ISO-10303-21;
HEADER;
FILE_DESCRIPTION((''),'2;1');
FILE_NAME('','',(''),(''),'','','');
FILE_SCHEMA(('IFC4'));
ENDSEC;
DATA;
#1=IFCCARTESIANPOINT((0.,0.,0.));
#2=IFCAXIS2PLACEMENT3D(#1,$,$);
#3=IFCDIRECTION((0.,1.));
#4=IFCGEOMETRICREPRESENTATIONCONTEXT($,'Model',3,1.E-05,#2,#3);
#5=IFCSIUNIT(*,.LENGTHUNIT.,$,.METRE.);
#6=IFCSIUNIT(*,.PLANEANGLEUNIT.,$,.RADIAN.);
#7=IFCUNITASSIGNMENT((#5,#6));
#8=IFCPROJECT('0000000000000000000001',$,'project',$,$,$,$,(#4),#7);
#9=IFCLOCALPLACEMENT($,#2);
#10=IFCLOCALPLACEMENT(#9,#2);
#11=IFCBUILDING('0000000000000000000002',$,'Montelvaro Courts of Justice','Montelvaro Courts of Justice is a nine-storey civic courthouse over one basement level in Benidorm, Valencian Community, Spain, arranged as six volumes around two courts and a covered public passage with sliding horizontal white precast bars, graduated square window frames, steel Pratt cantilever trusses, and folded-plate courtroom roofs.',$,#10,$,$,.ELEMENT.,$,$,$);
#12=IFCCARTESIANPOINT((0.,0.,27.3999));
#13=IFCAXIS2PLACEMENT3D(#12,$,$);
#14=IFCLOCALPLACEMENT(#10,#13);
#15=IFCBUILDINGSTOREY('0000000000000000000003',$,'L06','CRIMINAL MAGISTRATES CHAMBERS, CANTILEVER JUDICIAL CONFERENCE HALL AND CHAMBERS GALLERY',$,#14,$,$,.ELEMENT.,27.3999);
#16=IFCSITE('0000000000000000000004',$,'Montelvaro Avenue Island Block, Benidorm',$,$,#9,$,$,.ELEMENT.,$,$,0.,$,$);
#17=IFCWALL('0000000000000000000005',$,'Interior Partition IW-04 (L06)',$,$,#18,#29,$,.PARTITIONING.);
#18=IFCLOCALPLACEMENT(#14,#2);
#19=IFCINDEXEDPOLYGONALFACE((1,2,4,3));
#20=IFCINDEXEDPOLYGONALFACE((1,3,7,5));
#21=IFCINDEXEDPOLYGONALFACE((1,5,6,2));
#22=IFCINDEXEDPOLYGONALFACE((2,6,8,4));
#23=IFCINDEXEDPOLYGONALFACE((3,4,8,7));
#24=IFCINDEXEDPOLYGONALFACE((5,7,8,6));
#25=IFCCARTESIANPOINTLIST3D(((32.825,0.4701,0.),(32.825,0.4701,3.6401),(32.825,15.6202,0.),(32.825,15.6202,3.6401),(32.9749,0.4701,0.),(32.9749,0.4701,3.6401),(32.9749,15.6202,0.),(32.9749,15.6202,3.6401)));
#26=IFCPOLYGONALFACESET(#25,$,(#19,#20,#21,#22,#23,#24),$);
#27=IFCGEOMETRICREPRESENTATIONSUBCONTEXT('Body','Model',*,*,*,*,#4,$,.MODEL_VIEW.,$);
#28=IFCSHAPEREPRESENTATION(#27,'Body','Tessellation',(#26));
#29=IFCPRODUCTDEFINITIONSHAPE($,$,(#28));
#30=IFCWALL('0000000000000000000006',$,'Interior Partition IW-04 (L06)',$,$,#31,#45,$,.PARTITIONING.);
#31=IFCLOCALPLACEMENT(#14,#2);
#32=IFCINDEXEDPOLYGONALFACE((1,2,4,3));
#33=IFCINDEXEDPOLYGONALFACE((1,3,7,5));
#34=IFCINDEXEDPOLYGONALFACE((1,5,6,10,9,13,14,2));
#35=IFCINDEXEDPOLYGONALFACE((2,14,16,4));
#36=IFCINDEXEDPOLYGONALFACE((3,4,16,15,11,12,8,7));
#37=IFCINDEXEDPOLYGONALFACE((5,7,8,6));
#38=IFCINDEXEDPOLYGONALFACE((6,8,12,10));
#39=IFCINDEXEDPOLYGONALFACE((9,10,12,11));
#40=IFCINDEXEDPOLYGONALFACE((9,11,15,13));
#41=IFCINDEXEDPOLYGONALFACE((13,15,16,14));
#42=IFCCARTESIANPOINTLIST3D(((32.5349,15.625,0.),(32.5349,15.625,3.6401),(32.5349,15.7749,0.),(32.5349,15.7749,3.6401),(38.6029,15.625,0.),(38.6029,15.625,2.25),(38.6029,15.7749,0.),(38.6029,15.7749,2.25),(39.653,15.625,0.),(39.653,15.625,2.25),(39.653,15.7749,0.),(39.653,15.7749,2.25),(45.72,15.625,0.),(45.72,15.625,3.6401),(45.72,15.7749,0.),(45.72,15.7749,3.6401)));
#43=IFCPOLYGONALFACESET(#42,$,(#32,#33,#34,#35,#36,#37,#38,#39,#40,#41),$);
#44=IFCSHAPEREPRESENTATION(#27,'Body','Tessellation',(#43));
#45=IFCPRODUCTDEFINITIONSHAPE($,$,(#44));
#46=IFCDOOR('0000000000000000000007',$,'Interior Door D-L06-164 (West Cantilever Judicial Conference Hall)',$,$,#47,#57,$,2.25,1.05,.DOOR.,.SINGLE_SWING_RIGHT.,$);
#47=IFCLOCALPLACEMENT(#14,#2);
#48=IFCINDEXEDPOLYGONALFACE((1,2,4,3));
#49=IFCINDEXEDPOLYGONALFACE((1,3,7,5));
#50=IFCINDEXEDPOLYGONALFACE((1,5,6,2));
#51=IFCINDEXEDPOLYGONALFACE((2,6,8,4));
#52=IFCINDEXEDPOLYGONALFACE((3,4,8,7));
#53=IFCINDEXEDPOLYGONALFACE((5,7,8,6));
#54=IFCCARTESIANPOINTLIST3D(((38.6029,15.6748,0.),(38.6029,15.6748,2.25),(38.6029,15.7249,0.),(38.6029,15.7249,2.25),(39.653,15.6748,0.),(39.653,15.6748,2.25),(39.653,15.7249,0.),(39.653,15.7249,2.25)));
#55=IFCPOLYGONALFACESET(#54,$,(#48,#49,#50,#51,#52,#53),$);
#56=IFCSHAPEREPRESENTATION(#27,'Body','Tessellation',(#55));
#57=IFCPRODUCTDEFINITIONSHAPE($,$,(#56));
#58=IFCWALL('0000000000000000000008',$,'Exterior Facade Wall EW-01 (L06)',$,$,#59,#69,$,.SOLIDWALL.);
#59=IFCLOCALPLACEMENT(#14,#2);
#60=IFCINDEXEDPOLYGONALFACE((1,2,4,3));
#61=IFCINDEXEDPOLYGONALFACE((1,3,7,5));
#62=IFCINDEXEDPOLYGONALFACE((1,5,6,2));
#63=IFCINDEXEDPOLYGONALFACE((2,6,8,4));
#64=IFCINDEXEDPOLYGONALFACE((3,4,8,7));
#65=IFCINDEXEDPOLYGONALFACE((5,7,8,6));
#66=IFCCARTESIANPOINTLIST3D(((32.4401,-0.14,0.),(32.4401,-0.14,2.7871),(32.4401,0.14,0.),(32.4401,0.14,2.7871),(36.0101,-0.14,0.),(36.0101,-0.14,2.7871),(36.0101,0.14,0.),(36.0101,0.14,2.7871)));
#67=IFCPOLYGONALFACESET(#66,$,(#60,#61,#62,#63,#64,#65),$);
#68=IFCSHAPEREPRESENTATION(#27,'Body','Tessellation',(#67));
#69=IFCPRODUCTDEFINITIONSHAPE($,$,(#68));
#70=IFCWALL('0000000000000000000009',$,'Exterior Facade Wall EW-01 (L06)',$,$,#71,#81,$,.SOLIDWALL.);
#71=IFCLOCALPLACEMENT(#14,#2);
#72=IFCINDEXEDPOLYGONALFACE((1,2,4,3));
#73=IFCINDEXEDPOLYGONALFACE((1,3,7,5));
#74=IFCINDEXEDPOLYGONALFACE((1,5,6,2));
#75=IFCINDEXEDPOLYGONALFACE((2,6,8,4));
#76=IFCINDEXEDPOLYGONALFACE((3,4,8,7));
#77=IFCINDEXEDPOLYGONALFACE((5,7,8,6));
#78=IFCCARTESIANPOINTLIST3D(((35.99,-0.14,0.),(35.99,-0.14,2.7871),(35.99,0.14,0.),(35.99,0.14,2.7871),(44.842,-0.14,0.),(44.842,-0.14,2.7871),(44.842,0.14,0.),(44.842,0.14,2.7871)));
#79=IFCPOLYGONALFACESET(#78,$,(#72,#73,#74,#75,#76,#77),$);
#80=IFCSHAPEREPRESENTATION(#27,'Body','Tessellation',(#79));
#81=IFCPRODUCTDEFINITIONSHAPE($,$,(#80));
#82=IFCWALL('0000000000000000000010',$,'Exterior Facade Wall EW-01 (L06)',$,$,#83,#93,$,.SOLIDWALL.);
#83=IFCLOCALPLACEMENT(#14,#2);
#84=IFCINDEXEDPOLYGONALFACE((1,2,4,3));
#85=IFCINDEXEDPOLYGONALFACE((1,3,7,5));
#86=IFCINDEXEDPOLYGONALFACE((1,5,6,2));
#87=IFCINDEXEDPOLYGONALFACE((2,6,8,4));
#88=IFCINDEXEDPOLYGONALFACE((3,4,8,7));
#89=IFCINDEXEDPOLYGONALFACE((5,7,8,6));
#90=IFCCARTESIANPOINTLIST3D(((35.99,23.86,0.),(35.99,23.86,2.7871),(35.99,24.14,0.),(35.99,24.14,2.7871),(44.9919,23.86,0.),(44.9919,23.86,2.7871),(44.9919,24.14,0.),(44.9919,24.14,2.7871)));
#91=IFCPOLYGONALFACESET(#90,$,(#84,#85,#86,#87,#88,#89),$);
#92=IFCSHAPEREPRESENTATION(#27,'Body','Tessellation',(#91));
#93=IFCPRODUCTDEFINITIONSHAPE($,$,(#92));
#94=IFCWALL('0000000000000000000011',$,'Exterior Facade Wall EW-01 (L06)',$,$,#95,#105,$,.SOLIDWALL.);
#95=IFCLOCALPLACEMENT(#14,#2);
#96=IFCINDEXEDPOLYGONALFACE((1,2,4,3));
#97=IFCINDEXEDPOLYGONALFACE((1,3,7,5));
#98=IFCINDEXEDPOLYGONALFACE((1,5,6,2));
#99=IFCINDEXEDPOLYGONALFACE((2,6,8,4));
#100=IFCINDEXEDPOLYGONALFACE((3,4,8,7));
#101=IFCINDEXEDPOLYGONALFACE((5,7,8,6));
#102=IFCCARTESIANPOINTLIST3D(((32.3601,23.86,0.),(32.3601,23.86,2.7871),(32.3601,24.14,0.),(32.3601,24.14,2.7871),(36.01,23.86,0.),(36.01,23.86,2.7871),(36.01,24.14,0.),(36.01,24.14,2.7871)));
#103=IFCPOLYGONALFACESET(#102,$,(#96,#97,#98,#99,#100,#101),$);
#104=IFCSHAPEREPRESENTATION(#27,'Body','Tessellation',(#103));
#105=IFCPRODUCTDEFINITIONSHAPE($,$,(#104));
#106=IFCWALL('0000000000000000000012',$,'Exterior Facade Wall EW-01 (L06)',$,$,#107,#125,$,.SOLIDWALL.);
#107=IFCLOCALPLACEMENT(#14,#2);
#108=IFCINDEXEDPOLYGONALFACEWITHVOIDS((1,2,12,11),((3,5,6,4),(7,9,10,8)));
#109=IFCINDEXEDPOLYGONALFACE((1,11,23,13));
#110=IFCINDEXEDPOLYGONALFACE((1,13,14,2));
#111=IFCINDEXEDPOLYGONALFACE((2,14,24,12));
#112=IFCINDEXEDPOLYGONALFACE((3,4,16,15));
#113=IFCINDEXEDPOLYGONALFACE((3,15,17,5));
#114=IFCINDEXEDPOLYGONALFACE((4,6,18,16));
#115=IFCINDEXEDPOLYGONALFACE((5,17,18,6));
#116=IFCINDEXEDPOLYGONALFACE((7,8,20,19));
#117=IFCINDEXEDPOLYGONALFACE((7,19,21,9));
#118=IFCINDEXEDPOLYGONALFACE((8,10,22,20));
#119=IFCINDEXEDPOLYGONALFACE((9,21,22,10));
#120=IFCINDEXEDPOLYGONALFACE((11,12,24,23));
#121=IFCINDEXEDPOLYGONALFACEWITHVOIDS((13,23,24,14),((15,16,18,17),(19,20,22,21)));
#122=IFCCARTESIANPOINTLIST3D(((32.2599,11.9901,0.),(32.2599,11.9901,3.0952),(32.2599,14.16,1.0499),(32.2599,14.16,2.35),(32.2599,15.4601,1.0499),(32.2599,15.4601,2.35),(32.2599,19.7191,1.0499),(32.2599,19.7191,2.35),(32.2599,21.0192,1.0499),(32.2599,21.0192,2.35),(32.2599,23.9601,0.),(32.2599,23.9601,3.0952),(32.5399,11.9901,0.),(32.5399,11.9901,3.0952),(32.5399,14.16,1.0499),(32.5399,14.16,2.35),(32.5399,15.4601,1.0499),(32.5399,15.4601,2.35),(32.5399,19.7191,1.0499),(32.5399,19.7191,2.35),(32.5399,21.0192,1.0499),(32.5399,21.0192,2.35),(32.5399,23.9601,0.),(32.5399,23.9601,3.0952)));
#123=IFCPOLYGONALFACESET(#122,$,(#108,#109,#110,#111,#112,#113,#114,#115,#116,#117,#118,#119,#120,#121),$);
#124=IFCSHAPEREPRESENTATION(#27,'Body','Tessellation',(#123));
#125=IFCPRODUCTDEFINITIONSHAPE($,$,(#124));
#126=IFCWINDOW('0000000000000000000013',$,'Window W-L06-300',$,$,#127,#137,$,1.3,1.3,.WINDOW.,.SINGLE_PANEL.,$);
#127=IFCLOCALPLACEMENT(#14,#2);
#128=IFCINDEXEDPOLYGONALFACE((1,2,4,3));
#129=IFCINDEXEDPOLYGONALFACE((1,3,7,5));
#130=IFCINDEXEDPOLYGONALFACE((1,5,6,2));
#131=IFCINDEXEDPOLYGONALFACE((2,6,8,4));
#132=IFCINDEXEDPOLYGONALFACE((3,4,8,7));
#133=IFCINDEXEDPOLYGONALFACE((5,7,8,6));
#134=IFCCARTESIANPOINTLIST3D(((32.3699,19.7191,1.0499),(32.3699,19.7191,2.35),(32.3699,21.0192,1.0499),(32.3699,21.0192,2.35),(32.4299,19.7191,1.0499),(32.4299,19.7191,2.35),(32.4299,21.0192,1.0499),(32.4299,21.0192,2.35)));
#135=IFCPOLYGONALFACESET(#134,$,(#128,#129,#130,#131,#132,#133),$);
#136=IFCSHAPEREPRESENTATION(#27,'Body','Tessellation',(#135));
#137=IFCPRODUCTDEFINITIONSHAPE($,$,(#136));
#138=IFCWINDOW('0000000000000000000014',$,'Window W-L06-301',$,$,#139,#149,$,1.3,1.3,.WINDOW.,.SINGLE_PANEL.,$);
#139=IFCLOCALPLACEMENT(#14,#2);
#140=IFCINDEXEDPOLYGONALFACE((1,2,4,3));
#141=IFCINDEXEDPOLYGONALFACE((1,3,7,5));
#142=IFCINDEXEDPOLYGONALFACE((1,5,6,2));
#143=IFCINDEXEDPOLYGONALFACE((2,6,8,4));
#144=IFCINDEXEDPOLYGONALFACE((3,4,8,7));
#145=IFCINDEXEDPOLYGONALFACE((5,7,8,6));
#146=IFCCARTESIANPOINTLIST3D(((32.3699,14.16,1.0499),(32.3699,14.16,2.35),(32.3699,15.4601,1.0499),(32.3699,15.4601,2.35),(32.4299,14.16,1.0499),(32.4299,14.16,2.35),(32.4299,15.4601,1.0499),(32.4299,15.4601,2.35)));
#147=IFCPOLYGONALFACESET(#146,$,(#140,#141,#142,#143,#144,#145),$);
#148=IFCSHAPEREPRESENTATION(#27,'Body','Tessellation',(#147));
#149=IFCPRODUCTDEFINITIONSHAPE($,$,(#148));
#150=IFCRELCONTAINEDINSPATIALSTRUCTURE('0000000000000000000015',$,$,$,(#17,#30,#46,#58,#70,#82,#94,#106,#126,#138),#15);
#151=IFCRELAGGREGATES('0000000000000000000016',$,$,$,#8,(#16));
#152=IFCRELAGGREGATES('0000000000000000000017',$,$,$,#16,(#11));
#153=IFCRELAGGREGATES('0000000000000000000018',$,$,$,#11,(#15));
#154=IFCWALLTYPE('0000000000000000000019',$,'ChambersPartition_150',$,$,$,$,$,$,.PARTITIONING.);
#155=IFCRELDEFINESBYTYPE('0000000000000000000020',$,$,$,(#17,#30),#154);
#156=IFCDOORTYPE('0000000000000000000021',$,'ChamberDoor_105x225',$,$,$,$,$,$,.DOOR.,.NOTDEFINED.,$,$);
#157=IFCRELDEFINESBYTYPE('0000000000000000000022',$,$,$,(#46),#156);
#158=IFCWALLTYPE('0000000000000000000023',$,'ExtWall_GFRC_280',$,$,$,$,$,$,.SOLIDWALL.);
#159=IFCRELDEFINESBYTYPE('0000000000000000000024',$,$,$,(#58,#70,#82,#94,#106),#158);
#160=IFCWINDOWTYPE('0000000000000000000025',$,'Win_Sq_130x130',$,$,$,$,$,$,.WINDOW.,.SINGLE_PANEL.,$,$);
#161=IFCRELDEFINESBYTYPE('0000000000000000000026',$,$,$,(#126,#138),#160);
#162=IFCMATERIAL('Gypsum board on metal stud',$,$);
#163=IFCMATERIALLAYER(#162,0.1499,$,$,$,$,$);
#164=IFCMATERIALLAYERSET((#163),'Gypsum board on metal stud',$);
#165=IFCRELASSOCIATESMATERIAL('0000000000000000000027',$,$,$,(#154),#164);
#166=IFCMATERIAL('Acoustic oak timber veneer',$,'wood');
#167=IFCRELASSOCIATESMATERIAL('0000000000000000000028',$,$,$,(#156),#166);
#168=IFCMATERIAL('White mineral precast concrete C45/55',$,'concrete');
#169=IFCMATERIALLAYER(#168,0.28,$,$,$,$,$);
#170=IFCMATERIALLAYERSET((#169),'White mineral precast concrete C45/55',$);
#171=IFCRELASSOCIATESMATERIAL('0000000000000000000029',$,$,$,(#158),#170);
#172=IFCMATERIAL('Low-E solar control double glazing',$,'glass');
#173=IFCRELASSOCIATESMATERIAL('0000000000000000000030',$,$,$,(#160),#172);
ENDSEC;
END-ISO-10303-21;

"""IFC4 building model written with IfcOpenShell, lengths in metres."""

from ifc_helpers import new_model, si_unit, direction, frame, frame_2d, origin, place, context, subcontext, project, spatial, rectangle, extrude, material, layer, layer_set, type_object, element, fill, save


model = new_model("IFC4")

# Units and contexts
model_context = context("Model", 3, precision=1e-05, world=origin(), true_north=direction((0.0, 1.0)))
body_context = subcontext(model_context, "Body", "Model", "MODEL_VIEW")
ifc_project = project(units=[si_unit("LENGTHUNIT", "METRE"), si_unit("PLANEANGLEUNIT", "RADIAN")], contexts=[model_context])

# Site, building, storey
site_placement = place(None, origin())
site = spatial("IfcSite", under=ifc_project, at=site_placement, Name="Montelvaro Avenue Island Block, Benidorm", CompositionType="ELEMENT", RefElevation=0.0)
building_placement = place(site_placement, origin())
building = spatial("IfcBuilding", under=site, at=building_placement, Name="Montelvaro Courts of Justice", Description="Montelvaro Courts of Justice is a nine-storey civic courthouse over one basement level in Benidorm, Valencian Community, Spain, arranged as six volumes around two courts and a covered public passage with sliding horizontal white precast bars, graduated square window frames, steel Pratt cantilever trusses, and folded-plate courtroom roofs.", CompositionType="ELEMENT")
storey_placement = place(building_placement, frame((0.0, 0.0, 27.3999)))
storey = spatial("IfcBuildingStorey", under=building, at=storey_placement, Name="L06", Description="CRIMINAL MAGISTRATES CHAMBERS, CANTILEVER JUDICIAL CONFERENCE HALL AND CHAMBERS GALLERY", CompositionType="ELEMENT", Elevation=27.3999)

# Wall
ifc_material_1 = material(Name="Gypsum board on metal stud")
ifc_layer_1 = layer(ifc_material_1, 0.1499)
ifc_layer_set_1 = layer_set([ifc_layer_1], Name="Gypsum board on metal stud")
wall_type_1 = type_object("IfcWallType", Name="ChambersPartition_150", PredefinedType="PARTITIONING", material=ifc_layer_set_1)
wall_1_placement = place(storey_placement, frame((32.8999, 0.47, 0.0), z_axis=(0.0, 0.0, 1.0), x_axis=(0.0, 1.0, 0.0)))
element("IfcWall", 1, at=wall_1_placement, inside=storey, type_object=wall_type_1, Name="Interior Partition IW-04 (L06)", PredefinedType="PARTITIONING", context=body_context, shape_type="SweptSolid", body=[
    extrude(rectangle(XDim=15.1501, YDim=0.1499, at=frame_2d((7.5752, 0.0))), origin(), (0.0, 0.0, 1.0), 3.6401),
])

# Wall, opening, door
wall_2_placement = place(storey_placement, frame((32.5349, 15.7, 0.0), z_axis=(0.0, 0.0, 1.0), x_axis=(1.0, 0.0, 0.0)))
wall_2 = element("IfcWall", 2, at=wall_2_placement, inside=storey, type_object=wall_type_1, Name="Interior Partition IW-04 (L06)", PredefinedType="PARTITIONING", context=body_context, shape_type="SweptSolid", body=[
    extrude(rectangle(XDim=13.1851, YDim=0.1499, at=frame_2d((6.5925, 0.0))), origin(), (0.0, 0.0, 1.0), 3.6401),
])
opening_1_placement = place(wall_2_placement, frame((6.0681, 0.0, 0.0)))
opening_1 = element("IfcOpeningElement", 3, at=opening_1_placement, cuts=wall_2, PredefinedType="OPENING", context=body_context, shape_type="SweptSolid", body=[
    extrude(rectangle(XDim=1.05, YDim=2.25, at=frame_2d((0.5249, 1.125))), frame((0.0, 0.0898, 0.0), z_axis=(0.0, -1.0, 0.0), x_axis=(1.0, 0.0, 0.0)), (0.0, 0.0, 1.0), 0.1797),
])
ifc_material_2 = material(Name="Acoustic oak timber veneer", Category="wood")
door_type = type_object("IfcDoorType", Name="ChamberDoor_105x225", OperationType="NOTDEFINED", PredefinedType="DOOR", material=ifc_material_2)
door_placement = place(opening_1_placement, origin())
door = element("IfcDoor", 4, at=door_placement, inside=storey, type_object=door_type, Name="Interior Door D-L06-164 (West Cantilever Judicial Conference Hall)", OperationType="SINGLE_SWING_RIGHT", OverallHeight=2.25, OverallWidth=1.05, PredefinedType="DOOR", context=body_context, shape_type="SweptSolid", body=[
    extrude(rectangle(XDim=1.05, YDim=2.25, at=frame_2d((0.5249, 1.125))), frame((0.0, 0.0249, 0.0), z_axis=(0.0, -1.0, 0.0), x_axis=(1.0, 0.0, 0.0)), (0.0, 0.0, 1.0), 0.05),
])
fill(opening_1, door)

# Walls
ifc_material_3 = material(Name="White mineral precast concrete C45/55", Category="concrete")
ifc_layer_2 = layer(ifc_material_3, 0.28)
ifc_layer_set_2 = layer_set([ifc_layer_2], Name="White mineral precast concrete C45/55")
wall_type_2 = type_object("IfcWallType", Name="ExtWall_GFRC_280", PredefinedType="SOLIDWALL", material=ifc_layer_set_2)
wall_3_placement = place(storey_placement, frame((32.4399, 0.0, 0.0), z_axis=(0.0, 0.0, 1.0), x_axis=(1.0, 0.0, 0.0)))
element("IfcWall", 5, at=wall_3_placement, inside=storey, type_object=wall_type_2, Name="Exterior Facade Wall EW-01 (L06)", PredefinedType="SOLIDWALL", context=body_context, shape_type="SweptSolid", body=[
    extrude(rectangle(XDim=3.5701, YDim=0.28, at=frame_2d((1.7852, 0.0))), origin(), (0.0, 0.0, 1.0), 2.7871),
])
wall_4_placement = place(storey_placement, frame((35.99, 0.0, 0.0), z_axis=(0.0, 0.0, 1.0), x_axis=(1.0, 0.0, 0.0)))
element("IfcWall", 6, at=wall_4_placement, inside=storey, type_object=wall_type_2, Name="Exterior Facade Wall EW-01 (L06)", PredefinedType="SOLIDWALL", context=body_context, shape_type="SweptSolid", body=[
    extrude(rectangle(XDim=8.8521, YDim=0.28, at=frame_2d((4.426, 0.0))), origin(), (0.0, 0.0, 1.0), 2.7871),
])
wall_5_placement = place(storey_placement, frame((44.9919, 24.0, 0.0), z_axis=(0.0, 0.0, 1.0), x_axis=(-1.0, 0.0, 0.0)))
element("IfcWall", 7, at=wall_5_placement, inside=storey, type_object=wall_type_2, Name="Exterior Facade Wall EW-01 (L06)", PredefinedType="SOLIDWALL", context=body_context, shape_type="SweptSolid", body=[
    extrude(rectangle(XDim=9.002, YDim=0.28, at=frame_2d((4.501, 0.0))), origin(), (0.0, 0.0, 1.0), 2.7871),
])
wall_6_placement = place(storey_placement, frame((36.01, 24.0, 0.0), z_axis=(0.0, 0.0, 1.0), x_axis=(-1.0, 0.0, 0.0)))
element("IfcWall", 8, at=wall_6_placement, inside=storey, type_object=wall_type_2, Name="Exterior Facade Wall EW-01 (L06)", PredefinedType="SOLIDWALL", context=body_context, shape_type="SweptSolid", body=[
    extrude(rectangle(XDim=3.6499, YDim=0.28, at=frame_2d((1.825, 0.0))), origin(), (0.0, 0.0, 1.0), 2.7871),
])

# Wall, openings, windows
wall_7_placement = place(storey_placement, frame((32.3999, 23.96, 0.0), z_axis=(0.0, 0.0, 1.0), x_axis=(0.0, -1.0, 0.0)))
wall_7 = element("IfcWall", 9, at=wall_7_placement, inside=storey, type_object=wall_type_2, Name="Exterior Facade Wall EW-01 (L06)", PredefinedType="SOLIDWALL", context=body_context, shape_type="SweptSolid", body=[
    extrude(rectangle(XDim=11.97, YDim=0.28, at=frame_2d((5.9849, 0.0))), origin(), (0.0, 0.0, 1.0), 3.0952),
])
opening_2_placement = place(wall_7_placement, frame((2.9409, 0.0, 1.05)))
opening_2 = element("IfcOpeningElement", 10, at=opening_2_placement, cuts=wall_7, PredefinedType="OPENING", context=body_context, shape_type="SweptSolid", body=[
    extrude(rectangle(XDim=1.3, YDim=1.3, at=frame_2d((0.6499, 0.6499))), frame((0.0, 0.1548, 0.0), z_axis=(0.0, -1.0, 0.0), x_axis=(1.0, 0.0, 0.0)), (0.0, 0.0, 1.0), 0.3098),
])
opening_3_placement = place(wall_7_placement, frame((8.5, 0.0, 1.05)))
opening_3 = element("IfcOpeningElement", 11, at=opening_3_placement, cuts=wall_7, PredefinedType="OPENING", context=body_context, shape_type="SweptSolid", body=[
    extrude(rectangle(XDim=1.3, YDim=1.3, at=frame_2d((0.6499, 0.6499))), frame((0.0, 0.1548, 0.0), z_axis=(0.0, -1.0, 0.0), x_axis=(1.0, 0.0, 0.0)), (0.0, 0.0, 1.0), 0.3098),
])
ifc_material_4 = material(Name="Low-E solar control double glazing", Category="glass")
window_type = type_object("IfcWindowType", Name="Win_Sq_130x130", PartitioningType="SINGLE_PANEL", PredefinedType="WINDOW", material=ifc_material_4)
window_1_placement = place(opening_2_placement, origin())
window_1 = element("IfcWindow", 12, at=window_1_placement, inside=storey, type_object=window_type, Name="Window W-L06-300", OverallHeight=1.3, OverallWidth=1.3, PartitioningType="SINGLE_PANEL", PredefinedType="WINDOW", context=body_context, shape_type="SweptSolid", body=[
    extrude(rectangle(XDim=1.3, YDim=1.3, at=frame_2d((0.6499, 0.6499))), frame((0.0, 0.03, 0.0), z_axis=(0.0, -1.0, 0.0), x_axis=(1.0, 0.0, 0.0)), (0.0, 0.0, 1.0), 0.0601),
])
fill(opening_2, window_1)
window_2_placement = place(opening_3_placement, origin())
window_2 = element("IfcWindow", 13, at=window_2_placement, inside=storey, type_object=window_type, Name="Window W-L06-301", OverallHeight=1.3, OverallWidth=1.3, PartitioningType="SINGLE_PANEL", PredefinedType="WINDOW", context=body_context, shape_type="SweptSolid", body=[
    extrude(rectangle(XDim=1.3, YDim=1.3, at=frame_2d((0.6499, 0.6499))), frame((0.0, 0.03, 0.0), z_axis=(0.0, -1.0, 0.0), x_axis=(1.0, 0.0, 0.0)), (0.0, 0.0, 1.0), 0.0601),
])
fill(opening_3, window_2)

save(model, "model.ifc")
